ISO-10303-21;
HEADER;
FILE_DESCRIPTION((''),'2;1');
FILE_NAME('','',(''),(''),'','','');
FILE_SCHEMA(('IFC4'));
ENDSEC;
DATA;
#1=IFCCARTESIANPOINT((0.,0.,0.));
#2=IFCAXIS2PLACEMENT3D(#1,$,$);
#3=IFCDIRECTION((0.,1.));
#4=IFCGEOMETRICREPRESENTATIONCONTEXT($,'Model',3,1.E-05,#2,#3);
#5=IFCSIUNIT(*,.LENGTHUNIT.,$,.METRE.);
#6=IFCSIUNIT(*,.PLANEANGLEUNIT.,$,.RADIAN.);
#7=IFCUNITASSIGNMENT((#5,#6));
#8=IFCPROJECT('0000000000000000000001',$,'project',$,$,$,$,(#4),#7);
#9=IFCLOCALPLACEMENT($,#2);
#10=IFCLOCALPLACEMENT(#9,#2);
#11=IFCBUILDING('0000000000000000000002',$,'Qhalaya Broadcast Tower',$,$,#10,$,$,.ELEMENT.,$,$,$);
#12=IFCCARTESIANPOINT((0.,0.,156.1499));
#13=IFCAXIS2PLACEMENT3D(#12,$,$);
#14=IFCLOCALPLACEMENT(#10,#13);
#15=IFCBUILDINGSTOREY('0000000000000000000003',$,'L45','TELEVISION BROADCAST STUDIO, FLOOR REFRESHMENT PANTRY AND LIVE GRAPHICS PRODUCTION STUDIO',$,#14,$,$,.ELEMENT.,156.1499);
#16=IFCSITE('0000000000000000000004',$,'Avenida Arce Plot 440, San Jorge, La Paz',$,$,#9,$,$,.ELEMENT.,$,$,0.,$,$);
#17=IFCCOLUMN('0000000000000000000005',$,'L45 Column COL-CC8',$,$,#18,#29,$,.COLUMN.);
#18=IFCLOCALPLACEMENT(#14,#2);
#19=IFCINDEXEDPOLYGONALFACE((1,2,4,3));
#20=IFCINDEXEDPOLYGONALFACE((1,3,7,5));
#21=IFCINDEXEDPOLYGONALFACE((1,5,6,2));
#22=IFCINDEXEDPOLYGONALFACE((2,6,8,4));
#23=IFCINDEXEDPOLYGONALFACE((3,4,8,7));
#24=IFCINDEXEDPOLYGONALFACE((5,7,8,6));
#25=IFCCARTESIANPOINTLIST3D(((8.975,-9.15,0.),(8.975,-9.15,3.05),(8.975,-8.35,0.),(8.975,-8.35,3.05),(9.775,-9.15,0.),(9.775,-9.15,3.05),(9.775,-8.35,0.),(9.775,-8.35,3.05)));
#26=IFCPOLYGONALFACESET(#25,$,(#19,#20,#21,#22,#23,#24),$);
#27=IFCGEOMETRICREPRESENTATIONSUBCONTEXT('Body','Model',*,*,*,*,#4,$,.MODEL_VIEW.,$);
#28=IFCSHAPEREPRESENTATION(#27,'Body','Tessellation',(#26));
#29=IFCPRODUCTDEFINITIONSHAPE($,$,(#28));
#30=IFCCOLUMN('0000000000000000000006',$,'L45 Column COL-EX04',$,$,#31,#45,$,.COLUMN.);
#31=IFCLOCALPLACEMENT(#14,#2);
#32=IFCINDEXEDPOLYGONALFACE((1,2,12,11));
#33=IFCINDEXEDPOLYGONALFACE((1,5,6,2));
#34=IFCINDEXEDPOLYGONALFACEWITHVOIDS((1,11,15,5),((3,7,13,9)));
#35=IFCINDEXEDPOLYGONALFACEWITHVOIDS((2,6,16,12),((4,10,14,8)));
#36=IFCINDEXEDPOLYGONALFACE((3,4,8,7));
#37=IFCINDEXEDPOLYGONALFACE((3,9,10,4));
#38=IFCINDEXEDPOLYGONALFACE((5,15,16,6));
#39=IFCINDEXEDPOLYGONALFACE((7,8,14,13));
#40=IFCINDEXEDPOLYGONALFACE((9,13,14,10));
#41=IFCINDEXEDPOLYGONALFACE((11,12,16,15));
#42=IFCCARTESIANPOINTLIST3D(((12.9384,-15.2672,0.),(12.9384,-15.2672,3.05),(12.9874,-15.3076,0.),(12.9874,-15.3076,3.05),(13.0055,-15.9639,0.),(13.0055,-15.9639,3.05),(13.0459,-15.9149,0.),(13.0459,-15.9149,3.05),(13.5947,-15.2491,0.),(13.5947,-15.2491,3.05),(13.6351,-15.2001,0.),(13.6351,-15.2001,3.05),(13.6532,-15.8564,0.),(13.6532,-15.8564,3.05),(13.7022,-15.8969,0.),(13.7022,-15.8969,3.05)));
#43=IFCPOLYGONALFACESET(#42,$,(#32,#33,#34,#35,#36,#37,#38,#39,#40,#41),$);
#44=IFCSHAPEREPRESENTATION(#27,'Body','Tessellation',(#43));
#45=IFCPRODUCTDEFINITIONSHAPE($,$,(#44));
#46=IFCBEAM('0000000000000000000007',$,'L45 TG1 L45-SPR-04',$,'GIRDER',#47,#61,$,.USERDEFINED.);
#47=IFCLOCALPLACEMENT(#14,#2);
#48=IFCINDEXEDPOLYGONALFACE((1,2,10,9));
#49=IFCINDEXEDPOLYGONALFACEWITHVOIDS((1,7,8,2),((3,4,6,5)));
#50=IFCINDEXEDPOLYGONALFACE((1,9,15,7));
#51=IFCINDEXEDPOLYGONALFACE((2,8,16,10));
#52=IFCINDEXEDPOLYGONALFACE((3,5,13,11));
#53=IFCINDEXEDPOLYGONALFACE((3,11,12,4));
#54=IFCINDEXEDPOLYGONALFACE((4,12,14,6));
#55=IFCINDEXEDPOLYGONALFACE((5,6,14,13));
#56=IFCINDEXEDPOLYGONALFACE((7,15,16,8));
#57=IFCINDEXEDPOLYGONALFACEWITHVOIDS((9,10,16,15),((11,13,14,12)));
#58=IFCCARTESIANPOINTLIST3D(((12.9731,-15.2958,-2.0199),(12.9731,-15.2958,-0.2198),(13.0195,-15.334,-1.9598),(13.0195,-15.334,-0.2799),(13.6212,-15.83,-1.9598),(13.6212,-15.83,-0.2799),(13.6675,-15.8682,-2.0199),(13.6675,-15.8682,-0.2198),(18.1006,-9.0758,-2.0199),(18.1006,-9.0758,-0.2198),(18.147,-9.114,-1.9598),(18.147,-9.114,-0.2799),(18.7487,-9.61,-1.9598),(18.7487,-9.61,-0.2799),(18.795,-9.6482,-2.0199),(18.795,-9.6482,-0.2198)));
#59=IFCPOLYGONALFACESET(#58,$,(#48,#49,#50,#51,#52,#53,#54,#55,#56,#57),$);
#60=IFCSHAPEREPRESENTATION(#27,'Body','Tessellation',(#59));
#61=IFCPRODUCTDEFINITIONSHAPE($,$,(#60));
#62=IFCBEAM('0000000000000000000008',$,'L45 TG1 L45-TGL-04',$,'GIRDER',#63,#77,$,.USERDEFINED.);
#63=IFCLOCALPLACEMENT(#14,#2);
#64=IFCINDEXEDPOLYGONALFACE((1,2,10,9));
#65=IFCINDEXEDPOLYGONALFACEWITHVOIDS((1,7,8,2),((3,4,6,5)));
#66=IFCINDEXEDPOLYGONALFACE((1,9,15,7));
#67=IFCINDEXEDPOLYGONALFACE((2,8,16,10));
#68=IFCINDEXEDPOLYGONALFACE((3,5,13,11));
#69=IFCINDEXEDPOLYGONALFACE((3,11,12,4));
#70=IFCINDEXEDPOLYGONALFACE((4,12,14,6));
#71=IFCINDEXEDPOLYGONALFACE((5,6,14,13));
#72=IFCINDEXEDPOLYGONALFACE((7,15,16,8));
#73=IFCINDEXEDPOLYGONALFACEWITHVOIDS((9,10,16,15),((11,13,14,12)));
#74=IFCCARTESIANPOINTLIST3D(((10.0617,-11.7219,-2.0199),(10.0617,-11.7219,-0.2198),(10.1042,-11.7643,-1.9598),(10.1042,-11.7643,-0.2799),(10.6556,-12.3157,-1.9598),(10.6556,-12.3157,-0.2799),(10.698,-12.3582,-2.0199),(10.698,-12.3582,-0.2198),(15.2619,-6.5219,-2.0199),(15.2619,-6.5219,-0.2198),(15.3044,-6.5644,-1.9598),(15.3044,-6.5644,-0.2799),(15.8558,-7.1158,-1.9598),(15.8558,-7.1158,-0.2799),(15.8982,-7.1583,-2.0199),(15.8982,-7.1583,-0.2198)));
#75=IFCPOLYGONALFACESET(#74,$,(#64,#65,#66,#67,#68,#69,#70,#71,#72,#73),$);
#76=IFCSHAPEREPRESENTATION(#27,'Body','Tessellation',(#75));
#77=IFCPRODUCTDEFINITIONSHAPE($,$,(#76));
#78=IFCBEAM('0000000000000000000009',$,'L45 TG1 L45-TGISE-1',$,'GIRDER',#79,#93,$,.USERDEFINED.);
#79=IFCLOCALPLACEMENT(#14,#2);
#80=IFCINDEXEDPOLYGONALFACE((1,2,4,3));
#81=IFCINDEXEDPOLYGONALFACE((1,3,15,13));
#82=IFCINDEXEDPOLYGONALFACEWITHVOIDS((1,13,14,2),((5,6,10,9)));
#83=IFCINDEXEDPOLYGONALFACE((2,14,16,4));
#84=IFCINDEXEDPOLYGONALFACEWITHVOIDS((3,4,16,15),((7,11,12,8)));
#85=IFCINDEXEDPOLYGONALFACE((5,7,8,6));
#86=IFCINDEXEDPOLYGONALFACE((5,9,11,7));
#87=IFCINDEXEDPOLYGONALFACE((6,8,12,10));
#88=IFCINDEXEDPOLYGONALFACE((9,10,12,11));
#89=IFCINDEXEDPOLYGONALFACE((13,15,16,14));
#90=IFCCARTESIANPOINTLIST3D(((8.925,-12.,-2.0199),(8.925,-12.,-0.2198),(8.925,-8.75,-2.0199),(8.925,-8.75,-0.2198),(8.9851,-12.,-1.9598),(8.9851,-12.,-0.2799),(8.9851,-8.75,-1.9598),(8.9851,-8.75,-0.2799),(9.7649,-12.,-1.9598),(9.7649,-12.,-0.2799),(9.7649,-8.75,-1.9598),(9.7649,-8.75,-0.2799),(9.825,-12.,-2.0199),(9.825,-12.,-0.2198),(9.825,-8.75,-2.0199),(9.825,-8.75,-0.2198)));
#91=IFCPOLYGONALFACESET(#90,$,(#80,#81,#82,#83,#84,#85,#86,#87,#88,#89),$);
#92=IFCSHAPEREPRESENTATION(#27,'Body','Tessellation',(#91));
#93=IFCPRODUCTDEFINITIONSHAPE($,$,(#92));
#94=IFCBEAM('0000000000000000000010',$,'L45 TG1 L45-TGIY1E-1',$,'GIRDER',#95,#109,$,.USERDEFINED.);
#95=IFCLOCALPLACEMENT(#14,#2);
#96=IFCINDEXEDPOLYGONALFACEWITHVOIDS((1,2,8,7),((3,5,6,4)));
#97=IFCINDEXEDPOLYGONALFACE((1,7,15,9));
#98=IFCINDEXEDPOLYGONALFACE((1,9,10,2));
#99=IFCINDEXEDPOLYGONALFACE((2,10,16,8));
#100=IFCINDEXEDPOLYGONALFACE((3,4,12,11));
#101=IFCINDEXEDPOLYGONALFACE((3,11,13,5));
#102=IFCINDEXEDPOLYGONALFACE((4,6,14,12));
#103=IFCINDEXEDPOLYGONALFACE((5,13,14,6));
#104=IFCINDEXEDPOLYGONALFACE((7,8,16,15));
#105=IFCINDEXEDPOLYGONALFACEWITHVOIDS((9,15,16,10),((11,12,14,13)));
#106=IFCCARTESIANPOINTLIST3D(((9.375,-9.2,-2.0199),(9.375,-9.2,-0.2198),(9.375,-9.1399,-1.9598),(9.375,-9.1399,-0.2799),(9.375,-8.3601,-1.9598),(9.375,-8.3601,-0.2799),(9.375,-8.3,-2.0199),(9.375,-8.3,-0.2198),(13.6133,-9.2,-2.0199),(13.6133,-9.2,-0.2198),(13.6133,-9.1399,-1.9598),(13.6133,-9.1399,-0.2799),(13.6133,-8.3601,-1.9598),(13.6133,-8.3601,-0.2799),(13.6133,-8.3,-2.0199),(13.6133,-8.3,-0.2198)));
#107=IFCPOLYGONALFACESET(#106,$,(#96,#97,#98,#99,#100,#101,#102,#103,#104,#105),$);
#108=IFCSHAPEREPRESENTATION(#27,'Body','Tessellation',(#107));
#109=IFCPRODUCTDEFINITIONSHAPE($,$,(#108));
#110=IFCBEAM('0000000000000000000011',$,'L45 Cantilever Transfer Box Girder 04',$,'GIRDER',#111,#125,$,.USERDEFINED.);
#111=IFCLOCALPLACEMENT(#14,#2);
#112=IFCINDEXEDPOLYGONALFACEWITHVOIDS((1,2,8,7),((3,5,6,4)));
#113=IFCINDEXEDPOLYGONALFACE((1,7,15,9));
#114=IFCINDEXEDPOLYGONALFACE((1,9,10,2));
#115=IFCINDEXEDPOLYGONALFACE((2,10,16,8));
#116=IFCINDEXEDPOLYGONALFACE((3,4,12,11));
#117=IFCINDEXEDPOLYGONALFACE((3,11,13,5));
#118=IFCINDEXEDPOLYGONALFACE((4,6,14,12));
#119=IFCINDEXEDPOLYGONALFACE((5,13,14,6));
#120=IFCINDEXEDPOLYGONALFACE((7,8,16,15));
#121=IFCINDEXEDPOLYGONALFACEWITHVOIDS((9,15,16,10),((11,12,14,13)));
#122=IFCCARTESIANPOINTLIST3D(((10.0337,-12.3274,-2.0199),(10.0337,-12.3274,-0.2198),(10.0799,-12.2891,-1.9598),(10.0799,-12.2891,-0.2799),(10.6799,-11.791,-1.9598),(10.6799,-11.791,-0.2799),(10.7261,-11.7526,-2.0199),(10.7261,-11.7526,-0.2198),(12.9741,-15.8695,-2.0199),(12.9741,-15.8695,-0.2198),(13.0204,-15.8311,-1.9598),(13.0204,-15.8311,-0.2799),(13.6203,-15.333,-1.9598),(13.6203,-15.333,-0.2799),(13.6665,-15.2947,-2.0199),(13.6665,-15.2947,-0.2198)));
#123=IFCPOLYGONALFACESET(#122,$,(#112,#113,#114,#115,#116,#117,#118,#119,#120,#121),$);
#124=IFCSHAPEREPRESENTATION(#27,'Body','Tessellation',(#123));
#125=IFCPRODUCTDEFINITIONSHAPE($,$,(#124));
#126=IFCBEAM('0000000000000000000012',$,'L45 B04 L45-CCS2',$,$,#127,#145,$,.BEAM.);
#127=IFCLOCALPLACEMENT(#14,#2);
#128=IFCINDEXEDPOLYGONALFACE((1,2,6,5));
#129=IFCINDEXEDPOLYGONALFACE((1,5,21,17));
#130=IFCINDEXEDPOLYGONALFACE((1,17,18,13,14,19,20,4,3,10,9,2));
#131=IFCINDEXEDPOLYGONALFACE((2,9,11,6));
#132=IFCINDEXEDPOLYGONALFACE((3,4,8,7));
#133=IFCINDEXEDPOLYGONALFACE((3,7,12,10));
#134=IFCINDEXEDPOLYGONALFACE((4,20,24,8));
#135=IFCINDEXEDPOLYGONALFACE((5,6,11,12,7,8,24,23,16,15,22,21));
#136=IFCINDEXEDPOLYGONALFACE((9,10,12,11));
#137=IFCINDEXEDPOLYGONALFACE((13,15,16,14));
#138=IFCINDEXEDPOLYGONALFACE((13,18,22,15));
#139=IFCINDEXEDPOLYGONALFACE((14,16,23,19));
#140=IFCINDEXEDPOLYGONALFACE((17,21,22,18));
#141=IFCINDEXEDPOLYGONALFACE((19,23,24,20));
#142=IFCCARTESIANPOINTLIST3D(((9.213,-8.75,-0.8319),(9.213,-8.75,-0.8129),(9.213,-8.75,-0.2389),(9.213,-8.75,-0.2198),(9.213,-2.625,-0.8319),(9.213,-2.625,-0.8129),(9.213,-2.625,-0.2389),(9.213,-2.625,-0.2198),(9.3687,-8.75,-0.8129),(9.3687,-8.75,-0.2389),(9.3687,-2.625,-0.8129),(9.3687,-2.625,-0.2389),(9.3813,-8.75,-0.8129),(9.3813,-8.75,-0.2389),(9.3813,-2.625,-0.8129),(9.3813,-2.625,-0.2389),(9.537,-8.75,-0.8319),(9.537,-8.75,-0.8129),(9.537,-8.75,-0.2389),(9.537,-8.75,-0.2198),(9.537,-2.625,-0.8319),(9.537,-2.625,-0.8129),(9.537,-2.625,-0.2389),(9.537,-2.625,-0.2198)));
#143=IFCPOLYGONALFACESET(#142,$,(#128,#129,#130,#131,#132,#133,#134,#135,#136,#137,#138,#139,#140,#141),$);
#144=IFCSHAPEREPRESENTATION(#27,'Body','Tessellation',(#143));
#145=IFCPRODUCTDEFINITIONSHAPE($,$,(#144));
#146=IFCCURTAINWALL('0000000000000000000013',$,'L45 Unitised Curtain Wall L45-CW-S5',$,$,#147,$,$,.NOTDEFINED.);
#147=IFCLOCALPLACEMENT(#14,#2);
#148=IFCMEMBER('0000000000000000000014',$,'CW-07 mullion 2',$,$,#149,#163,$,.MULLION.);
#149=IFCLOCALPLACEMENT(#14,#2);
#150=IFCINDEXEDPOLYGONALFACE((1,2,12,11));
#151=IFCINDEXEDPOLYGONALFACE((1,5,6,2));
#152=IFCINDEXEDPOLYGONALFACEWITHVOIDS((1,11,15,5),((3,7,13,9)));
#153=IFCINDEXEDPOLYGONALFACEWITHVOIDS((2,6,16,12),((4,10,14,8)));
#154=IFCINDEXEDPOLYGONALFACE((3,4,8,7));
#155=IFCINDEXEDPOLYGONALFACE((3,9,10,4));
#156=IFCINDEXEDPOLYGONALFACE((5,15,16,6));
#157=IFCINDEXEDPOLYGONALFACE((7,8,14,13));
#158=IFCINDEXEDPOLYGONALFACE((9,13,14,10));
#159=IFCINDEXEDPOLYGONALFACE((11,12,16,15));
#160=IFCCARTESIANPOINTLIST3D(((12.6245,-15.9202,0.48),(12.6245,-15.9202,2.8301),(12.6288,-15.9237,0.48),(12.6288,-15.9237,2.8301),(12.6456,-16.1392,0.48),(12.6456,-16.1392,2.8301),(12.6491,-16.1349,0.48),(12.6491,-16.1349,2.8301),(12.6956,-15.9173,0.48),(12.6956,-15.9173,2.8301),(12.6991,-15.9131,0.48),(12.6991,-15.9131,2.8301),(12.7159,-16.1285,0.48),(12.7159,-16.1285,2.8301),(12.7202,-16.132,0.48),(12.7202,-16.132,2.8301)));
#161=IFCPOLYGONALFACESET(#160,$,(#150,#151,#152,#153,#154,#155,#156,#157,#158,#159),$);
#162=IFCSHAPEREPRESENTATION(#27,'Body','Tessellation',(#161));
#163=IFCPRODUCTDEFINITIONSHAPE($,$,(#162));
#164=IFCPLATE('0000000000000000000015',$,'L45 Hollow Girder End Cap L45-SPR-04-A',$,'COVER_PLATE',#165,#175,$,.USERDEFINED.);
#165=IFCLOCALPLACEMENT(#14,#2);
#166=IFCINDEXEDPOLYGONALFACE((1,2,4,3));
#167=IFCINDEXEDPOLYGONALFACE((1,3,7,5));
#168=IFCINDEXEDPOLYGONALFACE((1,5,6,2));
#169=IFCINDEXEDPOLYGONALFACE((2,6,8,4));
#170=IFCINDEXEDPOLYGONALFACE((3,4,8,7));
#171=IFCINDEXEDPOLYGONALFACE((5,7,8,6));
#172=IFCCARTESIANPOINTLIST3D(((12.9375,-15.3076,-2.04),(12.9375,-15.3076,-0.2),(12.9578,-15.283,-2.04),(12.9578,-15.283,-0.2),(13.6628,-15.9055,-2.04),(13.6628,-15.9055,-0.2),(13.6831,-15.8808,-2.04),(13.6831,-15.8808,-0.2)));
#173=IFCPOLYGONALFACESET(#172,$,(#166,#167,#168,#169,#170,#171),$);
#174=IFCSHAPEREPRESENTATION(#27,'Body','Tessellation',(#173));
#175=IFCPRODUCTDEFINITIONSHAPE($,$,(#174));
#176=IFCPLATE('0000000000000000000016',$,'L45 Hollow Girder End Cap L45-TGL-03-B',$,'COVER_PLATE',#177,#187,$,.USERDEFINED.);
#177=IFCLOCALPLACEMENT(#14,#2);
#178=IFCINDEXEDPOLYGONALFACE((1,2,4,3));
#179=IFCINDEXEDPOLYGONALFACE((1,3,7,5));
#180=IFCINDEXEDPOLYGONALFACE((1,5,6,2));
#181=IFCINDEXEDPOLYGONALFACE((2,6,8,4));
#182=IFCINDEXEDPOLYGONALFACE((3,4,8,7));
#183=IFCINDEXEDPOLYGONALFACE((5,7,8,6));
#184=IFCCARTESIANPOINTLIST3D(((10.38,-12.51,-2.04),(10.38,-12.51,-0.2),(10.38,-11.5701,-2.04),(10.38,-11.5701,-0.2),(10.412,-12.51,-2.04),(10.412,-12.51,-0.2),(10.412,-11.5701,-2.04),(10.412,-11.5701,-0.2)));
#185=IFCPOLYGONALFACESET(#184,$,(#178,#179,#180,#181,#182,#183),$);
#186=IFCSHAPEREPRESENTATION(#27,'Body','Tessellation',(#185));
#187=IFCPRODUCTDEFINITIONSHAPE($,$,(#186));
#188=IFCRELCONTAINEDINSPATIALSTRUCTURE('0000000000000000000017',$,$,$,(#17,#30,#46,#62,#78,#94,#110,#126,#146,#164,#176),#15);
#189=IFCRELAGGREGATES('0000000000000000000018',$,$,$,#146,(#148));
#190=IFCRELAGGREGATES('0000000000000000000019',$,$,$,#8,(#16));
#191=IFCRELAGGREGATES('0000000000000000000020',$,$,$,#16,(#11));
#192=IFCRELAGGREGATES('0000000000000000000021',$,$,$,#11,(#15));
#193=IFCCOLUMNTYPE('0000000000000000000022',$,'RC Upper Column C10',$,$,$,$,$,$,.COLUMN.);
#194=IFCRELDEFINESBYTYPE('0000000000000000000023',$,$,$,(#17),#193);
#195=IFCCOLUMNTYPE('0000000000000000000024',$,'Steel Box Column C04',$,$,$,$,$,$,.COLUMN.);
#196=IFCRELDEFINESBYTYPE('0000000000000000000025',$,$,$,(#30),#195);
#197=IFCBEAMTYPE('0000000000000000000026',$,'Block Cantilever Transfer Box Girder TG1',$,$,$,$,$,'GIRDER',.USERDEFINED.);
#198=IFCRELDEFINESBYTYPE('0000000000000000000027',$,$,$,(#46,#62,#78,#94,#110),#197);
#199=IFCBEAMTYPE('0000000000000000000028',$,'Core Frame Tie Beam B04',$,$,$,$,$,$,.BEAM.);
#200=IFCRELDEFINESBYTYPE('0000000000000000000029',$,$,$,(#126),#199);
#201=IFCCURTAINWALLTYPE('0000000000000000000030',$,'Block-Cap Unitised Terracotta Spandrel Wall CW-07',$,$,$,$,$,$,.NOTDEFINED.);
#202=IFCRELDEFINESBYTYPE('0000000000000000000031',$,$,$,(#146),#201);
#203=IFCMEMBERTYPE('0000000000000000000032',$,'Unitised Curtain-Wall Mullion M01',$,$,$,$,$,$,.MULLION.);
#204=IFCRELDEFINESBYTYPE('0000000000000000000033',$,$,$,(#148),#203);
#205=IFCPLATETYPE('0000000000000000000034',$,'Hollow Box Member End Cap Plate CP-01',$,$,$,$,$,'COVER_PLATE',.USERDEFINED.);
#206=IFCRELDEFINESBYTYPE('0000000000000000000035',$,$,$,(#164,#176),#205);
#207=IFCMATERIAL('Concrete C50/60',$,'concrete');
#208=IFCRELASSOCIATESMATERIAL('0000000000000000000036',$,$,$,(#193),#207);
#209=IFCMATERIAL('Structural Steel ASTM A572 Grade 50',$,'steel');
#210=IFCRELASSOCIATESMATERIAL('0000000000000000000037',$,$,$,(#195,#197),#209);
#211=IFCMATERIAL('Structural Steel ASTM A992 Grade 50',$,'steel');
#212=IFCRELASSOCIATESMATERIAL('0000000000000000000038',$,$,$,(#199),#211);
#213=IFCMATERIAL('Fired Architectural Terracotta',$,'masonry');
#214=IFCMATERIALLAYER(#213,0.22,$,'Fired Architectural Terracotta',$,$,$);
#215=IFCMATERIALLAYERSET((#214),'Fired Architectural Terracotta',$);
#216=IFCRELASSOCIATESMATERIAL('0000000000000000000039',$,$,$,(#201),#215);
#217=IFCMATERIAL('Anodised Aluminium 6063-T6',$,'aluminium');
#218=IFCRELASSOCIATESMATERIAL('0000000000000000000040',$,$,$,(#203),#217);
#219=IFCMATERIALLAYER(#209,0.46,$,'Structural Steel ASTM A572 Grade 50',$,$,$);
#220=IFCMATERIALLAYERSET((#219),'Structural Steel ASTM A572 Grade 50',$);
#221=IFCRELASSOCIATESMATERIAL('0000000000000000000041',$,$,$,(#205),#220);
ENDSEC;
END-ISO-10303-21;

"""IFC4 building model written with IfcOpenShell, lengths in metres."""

from ifc_helpers import new_model, si_unit, direction, frame, origin, origin_2d, place, context, subcontext, project, spatial, rectangle, hollow_rectangle, i_section, extrude, material, layer, layer_set, material_profile, profile_set, type_object, element, aggregate, save


model = new_model("IFC4")

# Units and contexts
model_context = context("Model", 3, precision=1e-05, world=origin(), true_north=direction((0.0, 1.0)))
body_context = subcontext(model_context, "Body", "Model", "MODEL_VIEW")
ifc_project = project(units=[si_unit("LENGTHUNIT", "METRE"), si_unit("PLANEANGLEUNIT", "RADIAN")], contexts=[model_context])

# Site, building, storey
site_placement = place(None, origin())
site = spatial("IfcSite", under=ifc_project, at=site_placement, Name="Avenida Arce Plot 440, San Jorge, La Paz", CompositionType="ELEMENT", RefElevation=0.0)
building_placement = place(site_placement, origin())
building = spatial("IfcBuilding", under=site, at=building_placement, Name="Qhalaya Broadcast Tower", CompositionType="ELEMENT")
storey_placement = place(building_placement, frame((0.0, 0.0, 156.1499)))
storey = spatial("IfcBuildingStorey", under=building, at=storey_placement, Name="L45", Description="TELEVISION BROADCAST STUDIO, FLOOR REFRESHMENT PANTRY AND LIVE GRAPHICS PRODUCTION STUDIO", CompositionType="ELEMENT", Elevation=156.1499)

# Columns
ifc_material_1 = material(Name="Concrete C50/60", Category="concrete")
ifc_material_profile_1 = material_profile(ifc_material_1, rectangle(XDim=0.8, YDim=0.8, at=origin_2d()), Name="RC-COL 800x800")
ifc_profile_set_1 = profile_set([ifc_material_profile_1], Name="Concrete C50/60")
column_type_1 = type_object("IfcColumnType", Name="RC Upper Column C10", PredefinedType="COLUMN", material=ifc_profile_set_1)
column_1_placement = place(storey_placement, frame((9.375, -8.75, 0.0), z_axis=(0.0, 0.0, 1.0), x_axis=(1.0, 0.0, 0.0)))
element("IfcColumn", 1, at=column_1_placement, inside=storey, type_object=column_type_1, Name="L45 Column COL-CC8", PredefinedType="COLUMN", context=body_context, shape_type="SweptSolid", body=[
    extrude(rectangle(XDim=0.8, YDim=0.8, at=origin_2d()), origin(), (0.0, 0.0, 1.0), 3.05),
])
ifc_material_2 = material(Name="Structural Steel ASTM A572 Grade 50", Category="steel")
ifc_material_profile_2 = material_profile(ifc_material_2, hollow_rectangle(XDim=0.7, YDim=0.7, WallThickness=0.0449, at=origin_2d()), Name="BOX 700x700x45")
ifc_profile_set_2 = profile_set([ifc_material_profile_2], Name="Structural Steel ASTM A572 Grade 50")
column_type_2 = type_object("IfcColumnType", Name="Steel Box Column C04", PredefinedType="COLUMN", material=ifc_profile_set_2)
column_2_placement = place(storey_placement, frame((13.3203, -15.582, 0.0), z_axis=(0.0, 0.0, 1.0), x_axis=(0.995396, 0.095846, 0.0)))
element("IfcColumn", 2, at=column_2_placement, inside=storey, type_object=column_type_2, Name="L45 Column COL-EX04", PredefinedType="COLUMN", context=body_context, shape_type="SweptSolid", body=[
    extrude(hollow_rectangle(XDim=0.7, YDim=0.7, WallThickness=0.0449, at=origin_2d()), origin(), (0.0, 0.0, 1.0), 3.05),
])

# Beams
ifc_material_profile_3 = material_profile(ifc_material_2, hollow_rectangle(XDim=0.8999, YDim=1.8, WallThickness=0.0601, at=origin_2d()), Name="BOX 900x1800x60")
ifc_profile_set_3 = profile_set([ifc_material_profile_3], Name="Structural Steel ASTM A572 Grade 50")
beam_type_1 = type_object("IfcBeamType", Name="Block Cantilever Transfer Box Girder TG1", ElementType="GIRDER", PredefinedType="USERDEFINED", material=ifc_profile_set_3)
beam_1_placement = place(storey_placement, frame((13.3203, -15.582, -1.1199), z_axis=(0.636085, 0.771619, 0.0), x_axis=(-0.771619, 0.636085, 0.0)))
element("IfcBeam", 3, at=beam_1_placement, inside=storey, type_object=beam_type_1, Name="L45 TG1 L45-SPR-04", ObjectType="GIRDER", PredefinedType="USERDEFINED", context=body_context, shape_type="SweptSolid", body=[
    extrude(hollow_rectangle(XDim=0.8999, YDim=1.8, WallThickness=0.0601, at=origin_2d()), origin(), (0.0, 0.0, 1.0), 8.061),
])
beam_2_placement = place(storey_placement, frame((10.3799, -12.04, -1.1199), z_axis=(0.707123, 0.70709, 0.0), x_axis=(-0.70709, 0.707123, 0.0)))
element("IfcBeam", 4, at=beam_2_placement, inside=storey, type_object=beam_type_1, Name="L45 TG1 L45-TGL-04", ObjectType="GIRDER", PredefinedType="USERDEFINED", context=body_context, shape_type="SweptSolid", body=[
    extrude(hollow_rectangle(XDim=0.8999, YDim=1.8, WallThickness=0.0601, at=origin_2d()), origin(), (0.0, 0.0, 1.0), 7.354),
])
beam_3_placement = place(storey_placement, frame((9.375, -12.0, -1.1199), z_axis=(0.0, 1.0, 0.0), x_axis=(-1.0, 0.0, 0.0)))
element("IfcBeam", 5, at=beam_3_placement, inside=storey, type_object=beam_type_1, Name="L45 TG1 L45-TGISE-1", ObjectType="GIRDER", PredefinedType="USERDEFINED", context=body_context, shape_type="SweptSolid", body=[
    extrude(hollow_rectangle(XDim=0.8999, YDim=1.8, WallThickness=0.0601, at=origin_2d()), origin(), (0.0, 0.0, 1.0), 3.25),
])
beam_4_placement = place(storey_placement, frame((9.375, -8.75, -1.1199), z_axis=(1.0, 0.0, 0.0), x_axis=(0.0, 1.0, 0.0)))
element("IfcBeam", 6, at=beam_4_placement, inside=storey, type_object=beam_type_1, Name="L45 TG1 L45-TGIY1E-1", ObjectType="GIRDER", PredefinedType="USERDEFINED", context=body_context, shape_type="SweptSolid", body=[
    extrude(hollow_rectangle(XDim=0.8999, YDim=1.8, WallThickness=0.0601, at=origin_2d()), origin(), (0.0, 0.0, 1.0), 4.2383),
])
beam_5_placement = place(storey_placement, frame((10.3799, -12.04, -1.1199), z_axis=(0.638744, -0.76942, 0.0), x_axis=(0.76942, 0.638744, 0.0)))
element("IfcBeam", 7, at=beam_5_placement, inside=storey, type_object=beam_type_1, Name="L45 Cantilever Transfer Box Girder 04", ObjectType="GIRDER", PredefinedType="USERDEFINED", context=body_context, shape_type="SweptSolid", body=[
    extrude(hollow_rectangle(XDim=0.8999, YDim=1.8, WallThickness=0.0601, at=origin_2d()), origin(), (0.0, 0.0, 1.0), 4.6035),
])
ifc_material_3 = material(Name="Structural Steel ASTM A992 Grade 50", Category="steel")
ifc_material_profile_4 = material_profile(ifc_material_3, i_section(OverallWidth=0.324, OverallDepth=0.6121, WebThickness=0.0127, FlangeThickness=0.019, at=origin_2d()), Name="W24X104")
ifc_profile_set_4 = profile_set([ifc_material_profile_4], Name="Structural Steel ASTM A992 Grade 50")
beam_type_2 = type_object("IfcBeamType", Name="Core Frame Tie Beam B04", PredefinedType="BEAM", material=ifc_profile_set_4)
beam_6_placement = place(storey_placement, frame((9.375, -8.75, -0.5259), z_axis=(0.0, 1.0, 0.0), x_axis=(-1.0, 0.0, 0.0)))
element("IfcBeam", 8, at=beam_6_placement, inside=storey, type_object=beam_type_2, Name="L45 B04 L45-CCS2", PredefinedType="BEAM", context=body_context, shape_type="SweptSolid", body=[
    extrude(i_section(OverallWidth=0.324, OverallDepth=0.6121, WebThickness=0.0127, FlangeThickness=0.019, at=origin_2d()), origin(), (0.0, 0.0, 1.0), 6.125),
])

# Curtain wall, member
ifc_material_4 = material(Name="Fired Architectural Terracotta", Category="masonry")
ifc_layer_1 = layer(ifc_material_4, 0.22, Name="Fired Architectural Terracotta")
ifc_layer_set_1 = layer_set([ifc_layer_1], Name="Fired Architectural Terracotta")
curtain_wall_type = type_object("IfcCurtainWallType", Name="Block-Cap Unitised Terracotta Spandrel Wall CW-07", PredefinedType="NOTDEFINED", material=ifc_layer_set_1)
curtain_wall_placement = place(storey_placement, origin())
curtain_wall = element("IfcCurtainWall", 9, at=curtain_wall_placement, inside=storey, type_object=curtain_wall_type, Name="L45 Unitised Curtain Wall L45-CW-S5", PredefinedType="NOTDEFINED")
ifc_material_5 = material(Name="Anodised Aluminium 6063-T6", Category="aluminium")
ifc_material_profile_5 = material_profile(ifc_material_5, hollow_rectangle(XDim=0.075, YDim=0.22, WallThickness=0.0039, at=origin_2d()), Name="ALU-MUL 75x220x4")
ifc_profile_set_5 = profile_set([ifc_material_profile_5], Name="Anodised Aluminium 6063-T6")
member_type = type_object("IfcMemberType", Name="Unitised Curtain-Wall Mullion M01", PredefinedType="MULLION", material=ifc_profile_set_5)
member_placement = place(storey_placement, frame((12.6724, -16.0261, 0.48), z_axis=(0.0, 0.0, 1.0), x_axis=(0.995397, 0.095841, 0.0)))
member = element("IfcMember", 10, at=member_placement, type_object=member_type, Name="CW-07 mullion 2", PredefinedType="MULLION", context=body_context, shape_type="SweptSolid", body=[
    extrude(hollow_rectangle(XDim=0.075, YDim=0.22, WallThickness=0.0039, at=origin_2d()), origin(), (0.0, 0.0, 1.0), 2.3501),
])
aggregate(curtain_wall, [member])

# Plates
ifc_layer_2 = layer(ifc_material_2, 0.46, Name="Structural Steel ASTM A572 Grade 50")
ifc_layer_set_2 = layer_set([ifc_layer_2], Name="Structural Steel ASTM A572 Grade 50")
plate_type = type_object("IfcPlateType", Name="Hollow Box Member End Cap Plate CP-01", ElementType="COVER_PLATE", PredefinedType="USERDEFINED", material=ifc_layer_set_2)
for number, where, z_axis, x_axis, name in (
    (11, (13.3103, -15.5942, -2.04), (0.0, 0.0, 1.0), (-0.771625, 0.636078, 0.0), "L45 Hollow Girder End Cap L45-SPR-04-A"),
    (12, (10.396, -12.04, -2.04), (0.0, 0.0, 1.0), (0.0, 1.0, 0.0), "L45 Hollow Girder End Cap L45-TGL-03-B"),
):
    element("IfcPlate", number, at=place(storey_placement, frame(where, z_axis=z_axis, x_axis=x_axis)), inside=storey, type_object=plate_type, Name=name, ObjectType="COVER_PLATE", PredefinedType="USERDEFINED", context=body_context, shape_type="SweptSolid", body=[
        extrude(rectangle(XDim=0.9399, YDim=0.032, at=origin_2d()), origin(), (0.0, 0.0, 1.0), 1.8401),
    ])

save(model, "model.ifc")
